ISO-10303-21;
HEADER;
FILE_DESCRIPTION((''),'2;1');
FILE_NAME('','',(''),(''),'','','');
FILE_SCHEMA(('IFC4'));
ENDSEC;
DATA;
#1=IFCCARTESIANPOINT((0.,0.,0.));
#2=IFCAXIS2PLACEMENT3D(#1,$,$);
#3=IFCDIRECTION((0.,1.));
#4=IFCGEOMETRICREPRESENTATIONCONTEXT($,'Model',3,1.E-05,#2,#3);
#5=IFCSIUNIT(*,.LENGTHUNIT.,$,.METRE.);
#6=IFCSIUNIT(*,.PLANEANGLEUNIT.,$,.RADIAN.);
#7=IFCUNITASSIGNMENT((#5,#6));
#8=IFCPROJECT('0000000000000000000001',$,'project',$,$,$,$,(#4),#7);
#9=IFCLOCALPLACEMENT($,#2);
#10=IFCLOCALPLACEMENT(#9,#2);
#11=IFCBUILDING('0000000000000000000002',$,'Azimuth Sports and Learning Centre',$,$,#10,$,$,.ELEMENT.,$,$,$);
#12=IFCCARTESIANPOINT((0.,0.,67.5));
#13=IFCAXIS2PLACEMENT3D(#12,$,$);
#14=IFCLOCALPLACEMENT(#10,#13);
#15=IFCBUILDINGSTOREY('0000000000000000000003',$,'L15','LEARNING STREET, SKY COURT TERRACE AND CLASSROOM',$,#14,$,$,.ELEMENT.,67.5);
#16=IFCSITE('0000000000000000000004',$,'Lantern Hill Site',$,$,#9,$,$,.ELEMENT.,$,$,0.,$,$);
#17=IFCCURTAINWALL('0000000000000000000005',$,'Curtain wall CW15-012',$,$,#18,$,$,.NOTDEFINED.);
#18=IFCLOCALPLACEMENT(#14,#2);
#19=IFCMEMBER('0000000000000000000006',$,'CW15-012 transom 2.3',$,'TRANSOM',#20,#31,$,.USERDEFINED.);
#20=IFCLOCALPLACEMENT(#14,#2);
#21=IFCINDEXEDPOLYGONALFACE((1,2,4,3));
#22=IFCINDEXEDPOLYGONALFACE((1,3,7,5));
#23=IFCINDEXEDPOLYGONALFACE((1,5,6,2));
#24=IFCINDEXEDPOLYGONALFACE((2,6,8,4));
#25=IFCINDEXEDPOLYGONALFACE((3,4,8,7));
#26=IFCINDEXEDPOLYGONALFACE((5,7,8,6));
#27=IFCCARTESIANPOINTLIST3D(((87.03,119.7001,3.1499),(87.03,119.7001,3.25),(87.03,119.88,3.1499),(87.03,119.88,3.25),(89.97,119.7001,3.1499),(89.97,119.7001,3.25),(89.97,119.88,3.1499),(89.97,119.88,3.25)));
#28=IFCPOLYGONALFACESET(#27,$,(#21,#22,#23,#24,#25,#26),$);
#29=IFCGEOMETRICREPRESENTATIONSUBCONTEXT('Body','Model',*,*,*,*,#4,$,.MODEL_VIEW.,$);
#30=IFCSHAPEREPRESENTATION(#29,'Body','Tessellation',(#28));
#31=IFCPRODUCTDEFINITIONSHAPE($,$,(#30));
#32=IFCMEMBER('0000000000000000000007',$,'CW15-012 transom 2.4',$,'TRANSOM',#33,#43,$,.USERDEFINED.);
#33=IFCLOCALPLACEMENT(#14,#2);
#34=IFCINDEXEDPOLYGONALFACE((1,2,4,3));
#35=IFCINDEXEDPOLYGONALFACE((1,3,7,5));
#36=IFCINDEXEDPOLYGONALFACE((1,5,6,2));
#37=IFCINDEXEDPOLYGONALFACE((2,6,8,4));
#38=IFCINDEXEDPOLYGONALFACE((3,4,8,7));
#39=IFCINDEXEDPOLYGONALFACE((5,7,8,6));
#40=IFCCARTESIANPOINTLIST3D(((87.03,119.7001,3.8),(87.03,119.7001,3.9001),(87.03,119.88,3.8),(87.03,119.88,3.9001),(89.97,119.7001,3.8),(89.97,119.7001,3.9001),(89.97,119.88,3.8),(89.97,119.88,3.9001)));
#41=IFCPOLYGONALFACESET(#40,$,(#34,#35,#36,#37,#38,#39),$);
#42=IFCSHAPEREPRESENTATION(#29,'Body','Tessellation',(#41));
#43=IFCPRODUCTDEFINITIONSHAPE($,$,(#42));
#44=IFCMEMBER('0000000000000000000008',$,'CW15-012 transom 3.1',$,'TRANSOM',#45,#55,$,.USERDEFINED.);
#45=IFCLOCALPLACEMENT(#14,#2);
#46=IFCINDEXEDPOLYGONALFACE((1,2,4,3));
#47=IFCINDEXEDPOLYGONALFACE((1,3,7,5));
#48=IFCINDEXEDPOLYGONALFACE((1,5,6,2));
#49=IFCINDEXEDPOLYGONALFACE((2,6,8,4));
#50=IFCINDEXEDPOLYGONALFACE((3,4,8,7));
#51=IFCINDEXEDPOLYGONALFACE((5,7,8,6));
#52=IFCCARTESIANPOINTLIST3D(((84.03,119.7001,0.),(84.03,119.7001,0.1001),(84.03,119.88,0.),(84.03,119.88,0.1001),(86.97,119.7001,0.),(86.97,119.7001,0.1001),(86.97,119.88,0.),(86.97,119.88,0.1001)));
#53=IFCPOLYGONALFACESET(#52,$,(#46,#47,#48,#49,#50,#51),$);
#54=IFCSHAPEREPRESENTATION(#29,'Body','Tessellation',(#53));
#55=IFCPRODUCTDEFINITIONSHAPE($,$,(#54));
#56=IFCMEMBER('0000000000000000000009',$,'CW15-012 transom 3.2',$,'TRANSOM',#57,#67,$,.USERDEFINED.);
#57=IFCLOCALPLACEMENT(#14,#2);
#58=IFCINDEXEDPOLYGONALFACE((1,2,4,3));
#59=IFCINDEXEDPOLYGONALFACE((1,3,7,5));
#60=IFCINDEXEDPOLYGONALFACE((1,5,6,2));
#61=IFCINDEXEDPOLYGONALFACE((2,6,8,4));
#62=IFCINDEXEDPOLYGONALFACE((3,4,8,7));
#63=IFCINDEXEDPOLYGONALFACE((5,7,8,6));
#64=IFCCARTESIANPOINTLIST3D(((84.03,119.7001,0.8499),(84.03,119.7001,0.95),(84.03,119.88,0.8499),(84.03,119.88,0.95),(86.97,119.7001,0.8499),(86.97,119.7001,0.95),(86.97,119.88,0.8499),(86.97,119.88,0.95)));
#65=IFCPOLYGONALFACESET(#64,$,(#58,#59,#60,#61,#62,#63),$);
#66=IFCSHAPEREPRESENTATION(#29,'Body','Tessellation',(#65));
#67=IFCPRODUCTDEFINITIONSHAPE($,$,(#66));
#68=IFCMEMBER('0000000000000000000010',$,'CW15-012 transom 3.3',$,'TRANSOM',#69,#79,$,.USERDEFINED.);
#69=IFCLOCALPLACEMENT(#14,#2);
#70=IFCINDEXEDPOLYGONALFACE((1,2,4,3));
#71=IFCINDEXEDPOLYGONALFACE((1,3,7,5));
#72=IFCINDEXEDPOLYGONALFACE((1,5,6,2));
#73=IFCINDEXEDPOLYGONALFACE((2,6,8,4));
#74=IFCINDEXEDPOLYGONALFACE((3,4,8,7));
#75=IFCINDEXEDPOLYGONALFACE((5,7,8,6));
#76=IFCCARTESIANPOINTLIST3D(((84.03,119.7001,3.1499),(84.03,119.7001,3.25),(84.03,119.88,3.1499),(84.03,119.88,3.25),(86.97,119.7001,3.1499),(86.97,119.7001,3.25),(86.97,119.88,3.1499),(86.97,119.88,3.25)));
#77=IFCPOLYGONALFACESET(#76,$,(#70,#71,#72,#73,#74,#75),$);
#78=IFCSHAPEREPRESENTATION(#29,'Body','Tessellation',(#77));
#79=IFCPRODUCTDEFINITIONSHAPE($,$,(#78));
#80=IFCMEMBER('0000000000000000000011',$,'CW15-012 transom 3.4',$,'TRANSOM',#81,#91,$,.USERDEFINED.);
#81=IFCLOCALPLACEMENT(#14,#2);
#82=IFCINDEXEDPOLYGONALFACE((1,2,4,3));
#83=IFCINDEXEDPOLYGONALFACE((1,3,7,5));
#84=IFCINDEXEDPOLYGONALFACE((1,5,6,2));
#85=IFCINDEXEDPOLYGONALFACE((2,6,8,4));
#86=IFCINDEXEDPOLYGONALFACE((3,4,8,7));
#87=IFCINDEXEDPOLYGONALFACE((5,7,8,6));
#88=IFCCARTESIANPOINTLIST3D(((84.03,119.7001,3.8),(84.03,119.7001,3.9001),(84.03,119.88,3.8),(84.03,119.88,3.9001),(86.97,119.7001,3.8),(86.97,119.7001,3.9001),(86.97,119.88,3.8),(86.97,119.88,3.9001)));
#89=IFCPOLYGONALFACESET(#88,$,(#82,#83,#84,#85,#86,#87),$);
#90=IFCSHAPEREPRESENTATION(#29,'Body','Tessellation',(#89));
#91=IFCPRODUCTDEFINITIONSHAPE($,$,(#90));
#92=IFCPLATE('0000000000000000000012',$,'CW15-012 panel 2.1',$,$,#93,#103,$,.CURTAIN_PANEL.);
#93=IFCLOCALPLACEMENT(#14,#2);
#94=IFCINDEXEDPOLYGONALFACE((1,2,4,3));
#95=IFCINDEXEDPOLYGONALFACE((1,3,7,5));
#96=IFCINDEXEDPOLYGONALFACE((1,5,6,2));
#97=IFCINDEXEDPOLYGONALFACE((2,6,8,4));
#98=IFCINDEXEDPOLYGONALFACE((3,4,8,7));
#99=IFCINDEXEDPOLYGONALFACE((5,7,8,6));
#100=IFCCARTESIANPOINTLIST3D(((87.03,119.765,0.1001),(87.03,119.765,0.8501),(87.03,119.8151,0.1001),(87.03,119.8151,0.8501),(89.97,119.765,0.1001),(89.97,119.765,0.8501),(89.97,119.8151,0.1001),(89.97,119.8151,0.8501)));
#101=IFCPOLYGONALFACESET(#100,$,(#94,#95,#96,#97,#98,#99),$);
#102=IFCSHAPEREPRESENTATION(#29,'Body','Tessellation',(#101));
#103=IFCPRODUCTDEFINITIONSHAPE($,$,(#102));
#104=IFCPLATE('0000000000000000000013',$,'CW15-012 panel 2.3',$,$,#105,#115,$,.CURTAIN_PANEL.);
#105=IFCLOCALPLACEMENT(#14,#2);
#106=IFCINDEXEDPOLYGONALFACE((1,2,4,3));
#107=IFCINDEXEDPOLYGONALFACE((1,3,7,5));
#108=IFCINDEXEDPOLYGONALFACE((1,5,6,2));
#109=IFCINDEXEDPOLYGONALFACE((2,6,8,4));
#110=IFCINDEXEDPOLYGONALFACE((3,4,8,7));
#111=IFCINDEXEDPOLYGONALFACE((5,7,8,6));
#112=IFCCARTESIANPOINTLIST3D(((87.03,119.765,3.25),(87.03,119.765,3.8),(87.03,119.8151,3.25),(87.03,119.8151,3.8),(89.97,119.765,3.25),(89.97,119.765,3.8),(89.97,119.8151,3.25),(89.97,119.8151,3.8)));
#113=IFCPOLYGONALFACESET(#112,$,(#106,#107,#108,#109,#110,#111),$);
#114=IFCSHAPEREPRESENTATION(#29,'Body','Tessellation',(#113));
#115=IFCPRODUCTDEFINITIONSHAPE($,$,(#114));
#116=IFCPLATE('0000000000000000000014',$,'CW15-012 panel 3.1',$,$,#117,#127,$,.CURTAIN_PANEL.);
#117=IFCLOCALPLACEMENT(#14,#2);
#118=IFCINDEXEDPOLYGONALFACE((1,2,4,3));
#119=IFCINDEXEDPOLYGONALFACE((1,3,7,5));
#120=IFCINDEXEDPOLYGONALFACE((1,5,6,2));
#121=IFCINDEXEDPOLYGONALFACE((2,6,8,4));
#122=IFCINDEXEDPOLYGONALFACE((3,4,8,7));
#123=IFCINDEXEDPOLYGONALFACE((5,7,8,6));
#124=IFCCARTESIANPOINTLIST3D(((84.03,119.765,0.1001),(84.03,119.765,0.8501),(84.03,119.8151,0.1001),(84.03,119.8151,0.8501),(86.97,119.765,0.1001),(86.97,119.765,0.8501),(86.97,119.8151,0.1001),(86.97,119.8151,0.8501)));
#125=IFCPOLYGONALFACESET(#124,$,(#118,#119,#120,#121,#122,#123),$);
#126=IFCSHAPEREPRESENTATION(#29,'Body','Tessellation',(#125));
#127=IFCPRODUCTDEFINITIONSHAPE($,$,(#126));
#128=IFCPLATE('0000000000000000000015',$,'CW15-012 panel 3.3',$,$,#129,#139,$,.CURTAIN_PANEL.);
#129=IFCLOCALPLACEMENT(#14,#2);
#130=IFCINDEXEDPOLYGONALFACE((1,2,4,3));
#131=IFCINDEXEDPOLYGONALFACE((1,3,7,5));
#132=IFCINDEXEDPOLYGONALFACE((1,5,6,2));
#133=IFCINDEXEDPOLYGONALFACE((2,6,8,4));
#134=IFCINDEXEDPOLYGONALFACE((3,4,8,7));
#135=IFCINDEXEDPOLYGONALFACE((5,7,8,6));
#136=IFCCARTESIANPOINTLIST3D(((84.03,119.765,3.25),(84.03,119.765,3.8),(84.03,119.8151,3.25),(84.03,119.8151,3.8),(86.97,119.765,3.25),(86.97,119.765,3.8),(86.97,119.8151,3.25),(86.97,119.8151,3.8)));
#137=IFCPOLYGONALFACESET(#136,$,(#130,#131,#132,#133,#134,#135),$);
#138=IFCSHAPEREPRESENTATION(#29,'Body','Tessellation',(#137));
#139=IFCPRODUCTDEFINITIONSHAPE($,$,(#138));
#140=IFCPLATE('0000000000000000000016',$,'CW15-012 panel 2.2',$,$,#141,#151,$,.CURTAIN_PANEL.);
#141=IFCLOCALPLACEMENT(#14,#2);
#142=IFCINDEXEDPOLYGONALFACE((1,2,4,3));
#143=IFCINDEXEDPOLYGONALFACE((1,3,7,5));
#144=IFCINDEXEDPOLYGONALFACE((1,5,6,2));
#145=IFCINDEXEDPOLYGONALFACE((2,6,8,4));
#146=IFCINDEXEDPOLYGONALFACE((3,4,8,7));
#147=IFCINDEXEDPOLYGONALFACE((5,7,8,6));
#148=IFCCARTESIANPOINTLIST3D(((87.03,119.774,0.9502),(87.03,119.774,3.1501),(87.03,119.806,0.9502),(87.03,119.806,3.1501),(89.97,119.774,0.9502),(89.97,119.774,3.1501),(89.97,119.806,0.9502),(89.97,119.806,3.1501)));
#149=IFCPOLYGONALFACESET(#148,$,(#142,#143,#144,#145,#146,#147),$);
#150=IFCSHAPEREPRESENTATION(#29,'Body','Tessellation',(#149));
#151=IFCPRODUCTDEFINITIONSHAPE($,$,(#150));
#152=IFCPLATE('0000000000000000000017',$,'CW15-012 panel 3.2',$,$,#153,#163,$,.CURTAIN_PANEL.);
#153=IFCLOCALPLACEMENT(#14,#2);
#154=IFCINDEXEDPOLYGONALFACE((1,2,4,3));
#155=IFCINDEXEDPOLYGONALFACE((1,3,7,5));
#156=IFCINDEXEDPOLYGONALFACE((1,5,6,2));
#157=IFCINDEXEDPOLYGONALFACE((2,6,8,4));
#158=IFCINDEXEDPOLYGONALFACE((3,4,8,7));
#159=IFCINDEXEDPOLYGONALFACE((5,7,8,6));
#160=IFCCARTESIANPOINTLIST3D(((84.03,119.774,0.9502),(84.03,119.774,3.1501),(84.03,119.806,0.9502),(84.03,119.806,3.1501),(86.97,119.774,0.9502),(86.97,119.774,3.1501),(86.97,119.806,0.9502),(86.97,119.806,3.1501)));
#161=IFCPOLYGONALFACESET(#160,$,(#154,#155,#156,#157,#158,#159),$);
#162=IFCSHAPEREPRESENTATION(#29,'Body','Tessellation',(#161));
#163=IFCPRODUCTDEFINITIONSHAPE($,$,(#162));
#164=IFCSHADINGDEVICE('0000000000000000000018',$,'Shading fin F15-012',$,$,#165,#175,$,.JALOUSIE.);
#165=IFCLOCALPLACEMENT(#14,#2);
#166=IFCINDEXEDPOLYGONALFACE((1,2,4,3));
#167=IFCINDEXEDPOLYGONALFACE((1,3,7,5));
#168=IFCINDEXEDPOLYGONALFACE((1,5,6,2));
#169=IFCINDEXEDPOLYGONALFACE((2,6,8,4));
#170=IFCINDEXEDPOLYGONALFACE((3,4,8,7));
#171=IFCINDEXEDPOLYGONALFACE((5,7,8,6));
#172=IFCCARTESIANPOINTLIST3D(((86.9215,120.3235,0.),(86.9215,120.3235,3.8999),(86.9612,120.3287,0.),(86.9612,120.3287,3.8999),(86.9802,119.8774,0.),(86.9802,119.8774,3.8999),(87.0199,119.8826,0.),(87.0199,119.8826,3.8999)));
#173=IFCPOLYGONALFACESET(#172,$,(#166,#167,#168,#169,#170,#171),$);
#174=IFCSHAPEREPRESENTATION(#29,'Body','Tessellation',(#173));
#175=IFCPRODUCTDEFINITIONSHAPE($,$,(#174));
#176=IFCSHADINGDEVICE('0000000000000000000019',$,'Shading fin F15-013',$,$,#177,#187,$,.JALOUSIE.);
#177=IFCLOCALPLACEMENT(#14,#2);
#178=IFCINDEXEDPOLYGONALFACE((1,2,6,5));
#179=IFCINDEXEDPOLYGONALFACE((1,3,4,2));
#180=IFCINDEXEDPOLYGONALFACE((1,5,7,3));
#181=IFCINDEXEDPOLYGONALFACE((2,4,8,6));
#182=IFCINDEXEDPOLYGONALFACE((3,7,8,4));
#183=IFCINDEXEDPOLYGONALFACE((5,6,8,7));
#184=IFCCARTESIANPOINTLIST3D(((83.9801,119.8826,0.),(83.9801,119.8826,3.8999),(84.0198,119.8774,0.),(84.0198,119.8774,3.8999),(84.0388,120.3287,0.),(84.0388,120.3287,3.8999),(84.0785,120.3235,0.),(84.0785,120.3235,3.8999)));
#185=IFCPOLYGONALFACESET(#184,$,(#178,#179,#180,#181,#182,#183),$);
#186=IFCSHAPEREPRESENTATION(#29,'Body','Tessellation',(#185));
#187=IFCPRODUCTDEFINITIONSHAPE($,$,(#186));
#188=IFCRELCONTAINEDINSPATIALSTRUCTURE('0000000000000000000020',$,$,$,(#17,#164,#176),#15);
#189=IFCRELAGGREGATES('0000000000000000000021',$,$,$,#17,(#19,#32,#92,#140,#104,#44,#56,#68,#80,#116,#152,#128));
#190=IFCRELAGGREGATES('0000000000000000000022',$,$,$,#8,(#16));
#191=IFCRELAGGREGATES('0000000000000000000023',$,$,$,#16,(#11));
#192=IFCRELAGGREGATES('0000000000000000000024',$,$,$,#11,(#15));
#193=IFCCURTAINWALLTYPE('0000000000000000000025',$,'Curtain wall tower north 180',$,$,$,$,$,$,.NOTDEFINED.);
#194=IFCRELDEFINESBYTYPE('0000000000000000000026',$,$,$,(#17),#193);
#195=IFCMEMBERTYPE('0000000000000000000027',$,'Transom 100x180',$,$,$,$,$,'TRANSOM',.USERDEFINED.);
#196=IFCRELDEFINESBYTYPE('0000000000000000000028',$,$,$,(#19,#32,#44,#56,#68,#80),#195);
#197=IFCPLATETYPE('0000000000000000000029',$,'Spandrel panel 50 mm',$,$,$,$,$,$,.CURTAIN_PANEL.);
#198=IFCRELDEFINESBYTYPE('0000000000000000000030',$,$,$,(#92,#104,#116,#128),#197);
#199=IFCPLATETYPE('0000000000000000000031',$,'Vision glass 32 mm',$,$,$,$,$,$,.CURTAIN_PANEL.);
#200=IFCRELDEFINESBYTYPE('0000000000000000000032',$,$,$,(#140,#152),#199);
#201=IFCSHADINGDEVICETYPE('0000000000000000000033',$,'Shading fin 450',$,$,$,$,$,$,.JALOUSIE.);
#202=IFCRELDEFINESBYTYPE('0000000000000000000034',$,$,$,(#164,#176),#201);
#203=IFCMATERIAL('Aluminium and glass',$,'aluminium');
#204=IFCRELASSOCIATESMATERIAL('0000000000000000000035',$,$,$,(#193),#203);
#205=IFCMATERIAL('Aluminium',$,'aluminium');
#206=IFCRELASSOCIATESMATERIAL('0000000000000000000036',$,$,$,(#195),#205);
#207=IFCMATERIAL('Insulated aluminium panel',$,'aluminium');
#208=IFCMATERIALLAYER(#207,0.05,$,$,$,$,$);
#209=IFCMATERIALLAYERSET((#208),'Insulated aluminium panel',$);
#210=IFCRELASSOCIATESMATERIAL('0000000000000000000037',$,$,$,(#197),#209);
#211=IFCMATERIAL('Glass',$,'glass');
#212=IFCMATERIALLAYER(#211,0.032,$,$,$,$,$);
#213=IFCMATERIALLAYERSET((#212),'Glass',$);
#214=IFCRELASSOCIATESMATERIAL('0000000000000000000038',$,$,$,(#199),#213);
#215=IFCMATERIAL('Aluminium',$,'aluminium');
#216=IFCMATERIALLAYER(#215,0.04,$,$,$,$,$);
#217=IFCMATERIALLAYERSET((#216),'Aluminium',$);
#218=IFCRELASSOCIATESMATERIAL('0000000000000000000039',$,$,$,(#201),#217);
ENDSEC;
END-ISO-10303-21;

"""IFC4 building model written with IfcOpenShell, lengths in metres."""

from ifc_helpers import new_model, si_unit, direction, frame, origin, origin_2d, place, context, subcontext, project, spatial, rectangle, extrude, material, layer, layer_set, material_profile, profile_set, type_object, element, aggregate, save


model = new_model("IFC4")

# Units and contexts
model_context = context("Model", 3, precision=1e-05, world=origin(), true_north=direction((0.0, 1.0)))
body_context = subcontext(model_context, "Body", "Model", "MODEL_VIEW")
ifc_project = project(units=[si_unit("LENGTHUNIT", "METRE"), si_unit("PLANEANGLEUNIT", "RADIAN")], contexts=[model_context])

# Site, building, storey
site_placement = place(None, origin())
site = spatial("IfcSite", under=ifc_project, at=site_placement, Name="Lantern Hill Site", CompositionType="ELEMENT", RefElevation=0.0)
building_placement = place(site_placement, origin())
building = spatial("IfcBuilding", under=site, at=building_placement, Name="Azimuth Sports and Learning Centre", CompositionType="ELEMENT")
storey_placement = place(building_placement, frame((0.0, 0.0, 67.5)))
storey = spatial("IfcBuildingStorey", under=building, at=storey_placement, Name="L15", Description="LEARNING STREET, SKY COURT TERRACE AND CLASSROOM", CompositionType="ELEMENT", Elevation=67.5)

# Curtain wall, members, plates
ifc_material_1 = material(Name="Aluminium and glass", Category="aluminium")
curtain_wall_type = type_object("IfcCurtainWallType", Name="Curtain wall tower north 180", PredefinedType="NOTDEFINED", material=ifc_material_1)
curtain_wall_placement = place(storey_placement, origin())
curtain_wall = element("IfcCurtainWall", 1, at=curtain_wall_placement, inside=storey, type_object=curtain_wall_type, Name="Curtain wall CW15-012", PredefinedType="NOTDEFINED")
ifc_material_2 = material(Name="Aluminium", Category="aluminium")
ifc_material_profile_1 = material_profile(ifc_material_2, rectangle(XDim=0.1799, YDim=0.1001, at=origin_2d()), Name="Transom 100x180")
ifc_profile_set_1 = profile_set([ifc_material_profile_1], Name="Aluminium")
member_type_1 = type_object("IfcMemberType", Name="Transom 100x180", ElementType="TRANSOM", PredefinedType="USERDEFINED", material=ifc_profile_set_1)
member_1_placement = place(storey_placement, frame((89.97, 119.79, 3.2), z_axis=(-1.0, 0.0, 0.0), x_axis=(0.0, -1.0, 0.0)))
member_1 = element("IfcMember", 2, at=member_1_placement, type_object=member_type_1, Name="CW15-012 transom 2.3", ObjectType="TRANSOM", PredefinedType="USERDEFINED", context=body_context, shape_type="SweptSolid", body=[
    extrude(rectangle(XDim=0.1799, YDim=0.1001, at=origin_2d()), origin(), (0.0, 0.0, 1.0), 2.9399),
])
member_2_placement = place(storey_placement, frame((89.97, 119.79, 3.8501), z_axis=(-1.0, 0.0, 0.0), x_axis=(0.0, -1.0, 0.0)))
member_2 = element("IfcMember", 3, at=member_2_placement, type_object=member_type_1, Name="CW15-012 transom 2.4", ObjectType="TRANSOM", PredefinedType="USERDEFINED", context=body_context, shape_type="SweptSolid", body=[
    extrude(rectangle(XDim=0.1799, YDim=0.1001, at=origin_2d()), origin(), (0.0, 0.0, 1.0), 2.9399),
])
member_3_placement = place(storey_placement, frame((86.97, 119.79, 0.05), z_axis=(-1.0, 0.0, 0.0), x_axis=(0.0, -1.0, 0.0)))
member_3 = element("IfcMember", 4, at=member_3_placement, type_object=member_type_1, Name="CW15-012 transom 3.1", ObjectType="TRANSOM", PredefinedType="USERDEFINED", context=body_context, shape_type="SweptSolid", body=[
    extrude(rectangle(XDim=0.1799, YDim=0.1001, at=origin_2d()), origin(), (0.0, 0.0, 1.0), 2.9399),
])
member_4_placement = place(storey_placement, frame((86.97, 119.79, 0.8999), z_axis=(-1.0, 0.0, 0.0), x_axis=(0.0, -1.0, 0.0)))
member_4 = element("IfcMember", 5, at=member_4_placement, type_object=member_type_1, Name="CW15-012 transom 3.2", ObjectType="TRANSOM", PredefinedType="USERDEFINED", context=body_context, shape_type="SweptSolid", body=[
    extrude(rectangle(XDim=0.1799, YDim=0.1001, at=origin_2d()), origin(), (0.0, 0.0, 1.0), 2.9399),
])
member_5_placement = place(storey_placement, frame((86.97, 119.79, 3.2), z_axis=(-1.0, 0.0, 0.0), x_axis=(0.0, -1.0, 0.0)))
member_5 = element("IfcMember", 6, at=member_5_placement, type_object=member_type_1, Name="CW15-012 transom 3.3", ObjectType="TRANSOM", PredefinedType="USERDEFINED", context=body_context, shape_type="SweptSolid", body=[
    extrude(rectangle(XDim=0.1799, YDim=0.1001, at=origin_2d()), origin(), (0.0, 0.0, 1.0), 2.9399),
])
member_6_placement = place(storey_placement, frame((86.97, 119.79, 3.8501), z_axis=(-1.0, 0.0, 0.0), x_axis=(0.0, -1.0, 0.0)))
member_6 = element("IfcMember", 7, at=member_6_placement, type_object=member_type_1, Name="CW15-012 transom 3.4", ObjectType="TRANSOM", PredefinedType="USERDEFINED", context=body_context, shape_type="SweptSolid", body=[
    extrude(rectangle(XDim=0.1799, YDim=0.1001, at=origin_2d()), origin(), (0.0, 0.0, 1.0), 2.9399),
])
ifc_material_3 = material(Name="Insulated aluminium panel", Category="aluminium")
ifc_layer_1 = layer(ifc_material_3, 0.05)
ifc_layer_set_1 = layer_set([ifc_layer_1], Name="Insulated aluminium panel")
plate_type_1 = type_object("IfcPlateType", Name="Spandrel panel 50 mm", PredefinedType="CURTAIN_PANEL", material=ifc_layer_set_1)
plate_1_placement = place(storey_placement, frame((88.5, 119.79, 0.1001), z_axis=(0.0, 0.0, 1.0), x_axis=(-1.0, 0.0, 0.0)))
plate_1 = element("IfcPlate", 8, at=plate_1_placement, type_object=plate_type_1, Name="CW15-012 panel 2.1", PredefinedType="CURTAIN_PANEL", context=body_context, shape_type="SweptSolid", body=[
    extrude(rectangle(XDim=2.9399, YDim=0.05, at=origin_2d()), origin(), (0.0, 0.0, 1.0), 0.75),
])
plate_2_placement = place(storey_placement, frame((88.5, 119.79, 3.25), z_axis=(0.0, 0.0, 1.0), x_axis=(-1.0, 0.0, 0.0)))
plate_2 = element("IfcPlate", 9, at=plate_2_placement, type_object=plate_type_1, Name="CW15-012 panel 2.3", PredefinedType="CURTAIN_PANEL", context=body_context, shape_type="SweptSolid", body=[
    extrude(rectangle(XDim=2.9399, YDim=0.05, at=origin_2d()), origin(), (0.0, 0.0, 1.0), 0.55),
])
plate_3_placement = place(storey_placement, frame((85.5, 119.79, 0.1001), z_axis=(0.0, 0.0, 1.0), x_axis=(-1.0, 0.0, 0.0)))
plate_3 = element("IfcPlate", 10, at=plate_3_placement, type_object=plate_type_1, Name="CW15-012 panel 3.1", PredefinedType="CURTAIN_PANEL", context=body_context, shape_type="SweptSolid", body=[
    extrude(rectangle(XDim=2.9399, YDim=0.05, at=origin_2d()), origin(), (0.0, 0.0, 1.0), 0.75),
])
plate_4_placement = place(storey_placement, frame((85.5, 119.79, 3.25), z_axis=(0.0, 0.0, 1.0), x_axis=(-1.0, 0.0, 0.0)))
plate_4 = element("IfcPlate", 11, at=plate_4_placement, type_object=plate_type_1, Name="CW15-012 panel 3.3", PredefinedType="CURTAIN_PANEL", context=body_context, shape_type="SweptSolid", body=[
    extrude(rectangle(XDim=2.9399, YDim=0.05, at=origin_2d()), origin(), (0.0, 0.0, 1.0), 0.55),
])
ifc_material_4 = material(Name="Glass", Category="glass")
ifc_layer_2 = layer(ifc_material_4, 0.032)
ifc_layer_set_2 = layer_set([ifc_layer_2], Name="Glass")
plate_type_2 = type_object("IfcPlateType", Name="Vision glass 32 mm", PredefinedType="CURTAIN_PANEL", material=ifc_layer_set_2)
plate_5_placement = place(storey_placement, frame((88.5, 119.79, 0.9502), z_axis=(0.0, 0.0, 1.0), x_axis=(-1.0, 0.0, 0.0)))
plate_5 = element("IfcPlate", 12, at=plate_5_placement, type_object=plate_type_2, Name="CW15-012 panel 2.2", PredefinedType="CURTAIN_PANEL", context=body_context, shape_type="SweptSolid", body=[
    extrude(rectangle(XDim=2.9399, YDim=0.032, at=origin_2d()), origin(), (0.0, 0.0, 1.0), 2.2),
])
plate_6_placement = place(storey_placement, frame((85.5, 119.79, 0.9502), z_axis=(0.0, 0.0, 1.0), x_axis=(-1.0, 0.0, 0.0)))
plate_6 = element("IfcPlate", 13, at=plate_6_placement, type_object=plate_type_2, Name="CW15-012 panel 3.2", PredefinedType="CURTAIN_PANEL", context=body_context, shape_type="SweptSolid", body=[
    extrude(rectangle(XDim=2.9399, YDim=0.032, at=origin_2d()), origin(), (0.0, 0.0, 1.0), 2.2),
])
aggregate(curtain_wall, [member_1, member_2, plate_1, plate_5, plate_2, member_3, member_4, member_5, member_6, plate_3, plate_6, plate_4])

# Shading devices
ifc_material_5 = material(Name="Aluminium", Category="aluminium")
ifc_layer_3 = layer(ifc_material_5, 0.04)
ifc_layer_set_3 = layer_set([ifc_layer_3], Name="Aluminium")
shading_device_type_1 = type_object("IfcShadingDeviceType", Name="Shading fin 450", PredefinedType="JALOUSIE", material=ifc_layer_set_3)
for number, where, z_axis, x_axis, name in (
    (14, (86.9707, 120.103, 0.0), (0.0, 0.0, 1.0), (-0.130264, 0.991479, 0.0), "Shading fin F15-012"),
    (15, (84.0293, 120.103, 0.0), (0.0, 0.0, 1.0), (0.130264, 0.991479, 0.0), "Shading fin F15-013"),
):
    element("IfcShadingDevice", number, at=place(storey_placement, frame(where, z_axis=z_axis, x_axis=x_axis)), inside=storey, type_object=shading_device_type_1, Name=name, PredefinedType="JALOUSIE", context=body_context, shape_type="SweptSolid", body=[
        extrude(rectangle(XDim=0.45, YDim=0.04, at=origin_2d()), origin(), (0.0, 0.0, 1.0), 3.8999),
    ])

save(model, "model.ifc")
